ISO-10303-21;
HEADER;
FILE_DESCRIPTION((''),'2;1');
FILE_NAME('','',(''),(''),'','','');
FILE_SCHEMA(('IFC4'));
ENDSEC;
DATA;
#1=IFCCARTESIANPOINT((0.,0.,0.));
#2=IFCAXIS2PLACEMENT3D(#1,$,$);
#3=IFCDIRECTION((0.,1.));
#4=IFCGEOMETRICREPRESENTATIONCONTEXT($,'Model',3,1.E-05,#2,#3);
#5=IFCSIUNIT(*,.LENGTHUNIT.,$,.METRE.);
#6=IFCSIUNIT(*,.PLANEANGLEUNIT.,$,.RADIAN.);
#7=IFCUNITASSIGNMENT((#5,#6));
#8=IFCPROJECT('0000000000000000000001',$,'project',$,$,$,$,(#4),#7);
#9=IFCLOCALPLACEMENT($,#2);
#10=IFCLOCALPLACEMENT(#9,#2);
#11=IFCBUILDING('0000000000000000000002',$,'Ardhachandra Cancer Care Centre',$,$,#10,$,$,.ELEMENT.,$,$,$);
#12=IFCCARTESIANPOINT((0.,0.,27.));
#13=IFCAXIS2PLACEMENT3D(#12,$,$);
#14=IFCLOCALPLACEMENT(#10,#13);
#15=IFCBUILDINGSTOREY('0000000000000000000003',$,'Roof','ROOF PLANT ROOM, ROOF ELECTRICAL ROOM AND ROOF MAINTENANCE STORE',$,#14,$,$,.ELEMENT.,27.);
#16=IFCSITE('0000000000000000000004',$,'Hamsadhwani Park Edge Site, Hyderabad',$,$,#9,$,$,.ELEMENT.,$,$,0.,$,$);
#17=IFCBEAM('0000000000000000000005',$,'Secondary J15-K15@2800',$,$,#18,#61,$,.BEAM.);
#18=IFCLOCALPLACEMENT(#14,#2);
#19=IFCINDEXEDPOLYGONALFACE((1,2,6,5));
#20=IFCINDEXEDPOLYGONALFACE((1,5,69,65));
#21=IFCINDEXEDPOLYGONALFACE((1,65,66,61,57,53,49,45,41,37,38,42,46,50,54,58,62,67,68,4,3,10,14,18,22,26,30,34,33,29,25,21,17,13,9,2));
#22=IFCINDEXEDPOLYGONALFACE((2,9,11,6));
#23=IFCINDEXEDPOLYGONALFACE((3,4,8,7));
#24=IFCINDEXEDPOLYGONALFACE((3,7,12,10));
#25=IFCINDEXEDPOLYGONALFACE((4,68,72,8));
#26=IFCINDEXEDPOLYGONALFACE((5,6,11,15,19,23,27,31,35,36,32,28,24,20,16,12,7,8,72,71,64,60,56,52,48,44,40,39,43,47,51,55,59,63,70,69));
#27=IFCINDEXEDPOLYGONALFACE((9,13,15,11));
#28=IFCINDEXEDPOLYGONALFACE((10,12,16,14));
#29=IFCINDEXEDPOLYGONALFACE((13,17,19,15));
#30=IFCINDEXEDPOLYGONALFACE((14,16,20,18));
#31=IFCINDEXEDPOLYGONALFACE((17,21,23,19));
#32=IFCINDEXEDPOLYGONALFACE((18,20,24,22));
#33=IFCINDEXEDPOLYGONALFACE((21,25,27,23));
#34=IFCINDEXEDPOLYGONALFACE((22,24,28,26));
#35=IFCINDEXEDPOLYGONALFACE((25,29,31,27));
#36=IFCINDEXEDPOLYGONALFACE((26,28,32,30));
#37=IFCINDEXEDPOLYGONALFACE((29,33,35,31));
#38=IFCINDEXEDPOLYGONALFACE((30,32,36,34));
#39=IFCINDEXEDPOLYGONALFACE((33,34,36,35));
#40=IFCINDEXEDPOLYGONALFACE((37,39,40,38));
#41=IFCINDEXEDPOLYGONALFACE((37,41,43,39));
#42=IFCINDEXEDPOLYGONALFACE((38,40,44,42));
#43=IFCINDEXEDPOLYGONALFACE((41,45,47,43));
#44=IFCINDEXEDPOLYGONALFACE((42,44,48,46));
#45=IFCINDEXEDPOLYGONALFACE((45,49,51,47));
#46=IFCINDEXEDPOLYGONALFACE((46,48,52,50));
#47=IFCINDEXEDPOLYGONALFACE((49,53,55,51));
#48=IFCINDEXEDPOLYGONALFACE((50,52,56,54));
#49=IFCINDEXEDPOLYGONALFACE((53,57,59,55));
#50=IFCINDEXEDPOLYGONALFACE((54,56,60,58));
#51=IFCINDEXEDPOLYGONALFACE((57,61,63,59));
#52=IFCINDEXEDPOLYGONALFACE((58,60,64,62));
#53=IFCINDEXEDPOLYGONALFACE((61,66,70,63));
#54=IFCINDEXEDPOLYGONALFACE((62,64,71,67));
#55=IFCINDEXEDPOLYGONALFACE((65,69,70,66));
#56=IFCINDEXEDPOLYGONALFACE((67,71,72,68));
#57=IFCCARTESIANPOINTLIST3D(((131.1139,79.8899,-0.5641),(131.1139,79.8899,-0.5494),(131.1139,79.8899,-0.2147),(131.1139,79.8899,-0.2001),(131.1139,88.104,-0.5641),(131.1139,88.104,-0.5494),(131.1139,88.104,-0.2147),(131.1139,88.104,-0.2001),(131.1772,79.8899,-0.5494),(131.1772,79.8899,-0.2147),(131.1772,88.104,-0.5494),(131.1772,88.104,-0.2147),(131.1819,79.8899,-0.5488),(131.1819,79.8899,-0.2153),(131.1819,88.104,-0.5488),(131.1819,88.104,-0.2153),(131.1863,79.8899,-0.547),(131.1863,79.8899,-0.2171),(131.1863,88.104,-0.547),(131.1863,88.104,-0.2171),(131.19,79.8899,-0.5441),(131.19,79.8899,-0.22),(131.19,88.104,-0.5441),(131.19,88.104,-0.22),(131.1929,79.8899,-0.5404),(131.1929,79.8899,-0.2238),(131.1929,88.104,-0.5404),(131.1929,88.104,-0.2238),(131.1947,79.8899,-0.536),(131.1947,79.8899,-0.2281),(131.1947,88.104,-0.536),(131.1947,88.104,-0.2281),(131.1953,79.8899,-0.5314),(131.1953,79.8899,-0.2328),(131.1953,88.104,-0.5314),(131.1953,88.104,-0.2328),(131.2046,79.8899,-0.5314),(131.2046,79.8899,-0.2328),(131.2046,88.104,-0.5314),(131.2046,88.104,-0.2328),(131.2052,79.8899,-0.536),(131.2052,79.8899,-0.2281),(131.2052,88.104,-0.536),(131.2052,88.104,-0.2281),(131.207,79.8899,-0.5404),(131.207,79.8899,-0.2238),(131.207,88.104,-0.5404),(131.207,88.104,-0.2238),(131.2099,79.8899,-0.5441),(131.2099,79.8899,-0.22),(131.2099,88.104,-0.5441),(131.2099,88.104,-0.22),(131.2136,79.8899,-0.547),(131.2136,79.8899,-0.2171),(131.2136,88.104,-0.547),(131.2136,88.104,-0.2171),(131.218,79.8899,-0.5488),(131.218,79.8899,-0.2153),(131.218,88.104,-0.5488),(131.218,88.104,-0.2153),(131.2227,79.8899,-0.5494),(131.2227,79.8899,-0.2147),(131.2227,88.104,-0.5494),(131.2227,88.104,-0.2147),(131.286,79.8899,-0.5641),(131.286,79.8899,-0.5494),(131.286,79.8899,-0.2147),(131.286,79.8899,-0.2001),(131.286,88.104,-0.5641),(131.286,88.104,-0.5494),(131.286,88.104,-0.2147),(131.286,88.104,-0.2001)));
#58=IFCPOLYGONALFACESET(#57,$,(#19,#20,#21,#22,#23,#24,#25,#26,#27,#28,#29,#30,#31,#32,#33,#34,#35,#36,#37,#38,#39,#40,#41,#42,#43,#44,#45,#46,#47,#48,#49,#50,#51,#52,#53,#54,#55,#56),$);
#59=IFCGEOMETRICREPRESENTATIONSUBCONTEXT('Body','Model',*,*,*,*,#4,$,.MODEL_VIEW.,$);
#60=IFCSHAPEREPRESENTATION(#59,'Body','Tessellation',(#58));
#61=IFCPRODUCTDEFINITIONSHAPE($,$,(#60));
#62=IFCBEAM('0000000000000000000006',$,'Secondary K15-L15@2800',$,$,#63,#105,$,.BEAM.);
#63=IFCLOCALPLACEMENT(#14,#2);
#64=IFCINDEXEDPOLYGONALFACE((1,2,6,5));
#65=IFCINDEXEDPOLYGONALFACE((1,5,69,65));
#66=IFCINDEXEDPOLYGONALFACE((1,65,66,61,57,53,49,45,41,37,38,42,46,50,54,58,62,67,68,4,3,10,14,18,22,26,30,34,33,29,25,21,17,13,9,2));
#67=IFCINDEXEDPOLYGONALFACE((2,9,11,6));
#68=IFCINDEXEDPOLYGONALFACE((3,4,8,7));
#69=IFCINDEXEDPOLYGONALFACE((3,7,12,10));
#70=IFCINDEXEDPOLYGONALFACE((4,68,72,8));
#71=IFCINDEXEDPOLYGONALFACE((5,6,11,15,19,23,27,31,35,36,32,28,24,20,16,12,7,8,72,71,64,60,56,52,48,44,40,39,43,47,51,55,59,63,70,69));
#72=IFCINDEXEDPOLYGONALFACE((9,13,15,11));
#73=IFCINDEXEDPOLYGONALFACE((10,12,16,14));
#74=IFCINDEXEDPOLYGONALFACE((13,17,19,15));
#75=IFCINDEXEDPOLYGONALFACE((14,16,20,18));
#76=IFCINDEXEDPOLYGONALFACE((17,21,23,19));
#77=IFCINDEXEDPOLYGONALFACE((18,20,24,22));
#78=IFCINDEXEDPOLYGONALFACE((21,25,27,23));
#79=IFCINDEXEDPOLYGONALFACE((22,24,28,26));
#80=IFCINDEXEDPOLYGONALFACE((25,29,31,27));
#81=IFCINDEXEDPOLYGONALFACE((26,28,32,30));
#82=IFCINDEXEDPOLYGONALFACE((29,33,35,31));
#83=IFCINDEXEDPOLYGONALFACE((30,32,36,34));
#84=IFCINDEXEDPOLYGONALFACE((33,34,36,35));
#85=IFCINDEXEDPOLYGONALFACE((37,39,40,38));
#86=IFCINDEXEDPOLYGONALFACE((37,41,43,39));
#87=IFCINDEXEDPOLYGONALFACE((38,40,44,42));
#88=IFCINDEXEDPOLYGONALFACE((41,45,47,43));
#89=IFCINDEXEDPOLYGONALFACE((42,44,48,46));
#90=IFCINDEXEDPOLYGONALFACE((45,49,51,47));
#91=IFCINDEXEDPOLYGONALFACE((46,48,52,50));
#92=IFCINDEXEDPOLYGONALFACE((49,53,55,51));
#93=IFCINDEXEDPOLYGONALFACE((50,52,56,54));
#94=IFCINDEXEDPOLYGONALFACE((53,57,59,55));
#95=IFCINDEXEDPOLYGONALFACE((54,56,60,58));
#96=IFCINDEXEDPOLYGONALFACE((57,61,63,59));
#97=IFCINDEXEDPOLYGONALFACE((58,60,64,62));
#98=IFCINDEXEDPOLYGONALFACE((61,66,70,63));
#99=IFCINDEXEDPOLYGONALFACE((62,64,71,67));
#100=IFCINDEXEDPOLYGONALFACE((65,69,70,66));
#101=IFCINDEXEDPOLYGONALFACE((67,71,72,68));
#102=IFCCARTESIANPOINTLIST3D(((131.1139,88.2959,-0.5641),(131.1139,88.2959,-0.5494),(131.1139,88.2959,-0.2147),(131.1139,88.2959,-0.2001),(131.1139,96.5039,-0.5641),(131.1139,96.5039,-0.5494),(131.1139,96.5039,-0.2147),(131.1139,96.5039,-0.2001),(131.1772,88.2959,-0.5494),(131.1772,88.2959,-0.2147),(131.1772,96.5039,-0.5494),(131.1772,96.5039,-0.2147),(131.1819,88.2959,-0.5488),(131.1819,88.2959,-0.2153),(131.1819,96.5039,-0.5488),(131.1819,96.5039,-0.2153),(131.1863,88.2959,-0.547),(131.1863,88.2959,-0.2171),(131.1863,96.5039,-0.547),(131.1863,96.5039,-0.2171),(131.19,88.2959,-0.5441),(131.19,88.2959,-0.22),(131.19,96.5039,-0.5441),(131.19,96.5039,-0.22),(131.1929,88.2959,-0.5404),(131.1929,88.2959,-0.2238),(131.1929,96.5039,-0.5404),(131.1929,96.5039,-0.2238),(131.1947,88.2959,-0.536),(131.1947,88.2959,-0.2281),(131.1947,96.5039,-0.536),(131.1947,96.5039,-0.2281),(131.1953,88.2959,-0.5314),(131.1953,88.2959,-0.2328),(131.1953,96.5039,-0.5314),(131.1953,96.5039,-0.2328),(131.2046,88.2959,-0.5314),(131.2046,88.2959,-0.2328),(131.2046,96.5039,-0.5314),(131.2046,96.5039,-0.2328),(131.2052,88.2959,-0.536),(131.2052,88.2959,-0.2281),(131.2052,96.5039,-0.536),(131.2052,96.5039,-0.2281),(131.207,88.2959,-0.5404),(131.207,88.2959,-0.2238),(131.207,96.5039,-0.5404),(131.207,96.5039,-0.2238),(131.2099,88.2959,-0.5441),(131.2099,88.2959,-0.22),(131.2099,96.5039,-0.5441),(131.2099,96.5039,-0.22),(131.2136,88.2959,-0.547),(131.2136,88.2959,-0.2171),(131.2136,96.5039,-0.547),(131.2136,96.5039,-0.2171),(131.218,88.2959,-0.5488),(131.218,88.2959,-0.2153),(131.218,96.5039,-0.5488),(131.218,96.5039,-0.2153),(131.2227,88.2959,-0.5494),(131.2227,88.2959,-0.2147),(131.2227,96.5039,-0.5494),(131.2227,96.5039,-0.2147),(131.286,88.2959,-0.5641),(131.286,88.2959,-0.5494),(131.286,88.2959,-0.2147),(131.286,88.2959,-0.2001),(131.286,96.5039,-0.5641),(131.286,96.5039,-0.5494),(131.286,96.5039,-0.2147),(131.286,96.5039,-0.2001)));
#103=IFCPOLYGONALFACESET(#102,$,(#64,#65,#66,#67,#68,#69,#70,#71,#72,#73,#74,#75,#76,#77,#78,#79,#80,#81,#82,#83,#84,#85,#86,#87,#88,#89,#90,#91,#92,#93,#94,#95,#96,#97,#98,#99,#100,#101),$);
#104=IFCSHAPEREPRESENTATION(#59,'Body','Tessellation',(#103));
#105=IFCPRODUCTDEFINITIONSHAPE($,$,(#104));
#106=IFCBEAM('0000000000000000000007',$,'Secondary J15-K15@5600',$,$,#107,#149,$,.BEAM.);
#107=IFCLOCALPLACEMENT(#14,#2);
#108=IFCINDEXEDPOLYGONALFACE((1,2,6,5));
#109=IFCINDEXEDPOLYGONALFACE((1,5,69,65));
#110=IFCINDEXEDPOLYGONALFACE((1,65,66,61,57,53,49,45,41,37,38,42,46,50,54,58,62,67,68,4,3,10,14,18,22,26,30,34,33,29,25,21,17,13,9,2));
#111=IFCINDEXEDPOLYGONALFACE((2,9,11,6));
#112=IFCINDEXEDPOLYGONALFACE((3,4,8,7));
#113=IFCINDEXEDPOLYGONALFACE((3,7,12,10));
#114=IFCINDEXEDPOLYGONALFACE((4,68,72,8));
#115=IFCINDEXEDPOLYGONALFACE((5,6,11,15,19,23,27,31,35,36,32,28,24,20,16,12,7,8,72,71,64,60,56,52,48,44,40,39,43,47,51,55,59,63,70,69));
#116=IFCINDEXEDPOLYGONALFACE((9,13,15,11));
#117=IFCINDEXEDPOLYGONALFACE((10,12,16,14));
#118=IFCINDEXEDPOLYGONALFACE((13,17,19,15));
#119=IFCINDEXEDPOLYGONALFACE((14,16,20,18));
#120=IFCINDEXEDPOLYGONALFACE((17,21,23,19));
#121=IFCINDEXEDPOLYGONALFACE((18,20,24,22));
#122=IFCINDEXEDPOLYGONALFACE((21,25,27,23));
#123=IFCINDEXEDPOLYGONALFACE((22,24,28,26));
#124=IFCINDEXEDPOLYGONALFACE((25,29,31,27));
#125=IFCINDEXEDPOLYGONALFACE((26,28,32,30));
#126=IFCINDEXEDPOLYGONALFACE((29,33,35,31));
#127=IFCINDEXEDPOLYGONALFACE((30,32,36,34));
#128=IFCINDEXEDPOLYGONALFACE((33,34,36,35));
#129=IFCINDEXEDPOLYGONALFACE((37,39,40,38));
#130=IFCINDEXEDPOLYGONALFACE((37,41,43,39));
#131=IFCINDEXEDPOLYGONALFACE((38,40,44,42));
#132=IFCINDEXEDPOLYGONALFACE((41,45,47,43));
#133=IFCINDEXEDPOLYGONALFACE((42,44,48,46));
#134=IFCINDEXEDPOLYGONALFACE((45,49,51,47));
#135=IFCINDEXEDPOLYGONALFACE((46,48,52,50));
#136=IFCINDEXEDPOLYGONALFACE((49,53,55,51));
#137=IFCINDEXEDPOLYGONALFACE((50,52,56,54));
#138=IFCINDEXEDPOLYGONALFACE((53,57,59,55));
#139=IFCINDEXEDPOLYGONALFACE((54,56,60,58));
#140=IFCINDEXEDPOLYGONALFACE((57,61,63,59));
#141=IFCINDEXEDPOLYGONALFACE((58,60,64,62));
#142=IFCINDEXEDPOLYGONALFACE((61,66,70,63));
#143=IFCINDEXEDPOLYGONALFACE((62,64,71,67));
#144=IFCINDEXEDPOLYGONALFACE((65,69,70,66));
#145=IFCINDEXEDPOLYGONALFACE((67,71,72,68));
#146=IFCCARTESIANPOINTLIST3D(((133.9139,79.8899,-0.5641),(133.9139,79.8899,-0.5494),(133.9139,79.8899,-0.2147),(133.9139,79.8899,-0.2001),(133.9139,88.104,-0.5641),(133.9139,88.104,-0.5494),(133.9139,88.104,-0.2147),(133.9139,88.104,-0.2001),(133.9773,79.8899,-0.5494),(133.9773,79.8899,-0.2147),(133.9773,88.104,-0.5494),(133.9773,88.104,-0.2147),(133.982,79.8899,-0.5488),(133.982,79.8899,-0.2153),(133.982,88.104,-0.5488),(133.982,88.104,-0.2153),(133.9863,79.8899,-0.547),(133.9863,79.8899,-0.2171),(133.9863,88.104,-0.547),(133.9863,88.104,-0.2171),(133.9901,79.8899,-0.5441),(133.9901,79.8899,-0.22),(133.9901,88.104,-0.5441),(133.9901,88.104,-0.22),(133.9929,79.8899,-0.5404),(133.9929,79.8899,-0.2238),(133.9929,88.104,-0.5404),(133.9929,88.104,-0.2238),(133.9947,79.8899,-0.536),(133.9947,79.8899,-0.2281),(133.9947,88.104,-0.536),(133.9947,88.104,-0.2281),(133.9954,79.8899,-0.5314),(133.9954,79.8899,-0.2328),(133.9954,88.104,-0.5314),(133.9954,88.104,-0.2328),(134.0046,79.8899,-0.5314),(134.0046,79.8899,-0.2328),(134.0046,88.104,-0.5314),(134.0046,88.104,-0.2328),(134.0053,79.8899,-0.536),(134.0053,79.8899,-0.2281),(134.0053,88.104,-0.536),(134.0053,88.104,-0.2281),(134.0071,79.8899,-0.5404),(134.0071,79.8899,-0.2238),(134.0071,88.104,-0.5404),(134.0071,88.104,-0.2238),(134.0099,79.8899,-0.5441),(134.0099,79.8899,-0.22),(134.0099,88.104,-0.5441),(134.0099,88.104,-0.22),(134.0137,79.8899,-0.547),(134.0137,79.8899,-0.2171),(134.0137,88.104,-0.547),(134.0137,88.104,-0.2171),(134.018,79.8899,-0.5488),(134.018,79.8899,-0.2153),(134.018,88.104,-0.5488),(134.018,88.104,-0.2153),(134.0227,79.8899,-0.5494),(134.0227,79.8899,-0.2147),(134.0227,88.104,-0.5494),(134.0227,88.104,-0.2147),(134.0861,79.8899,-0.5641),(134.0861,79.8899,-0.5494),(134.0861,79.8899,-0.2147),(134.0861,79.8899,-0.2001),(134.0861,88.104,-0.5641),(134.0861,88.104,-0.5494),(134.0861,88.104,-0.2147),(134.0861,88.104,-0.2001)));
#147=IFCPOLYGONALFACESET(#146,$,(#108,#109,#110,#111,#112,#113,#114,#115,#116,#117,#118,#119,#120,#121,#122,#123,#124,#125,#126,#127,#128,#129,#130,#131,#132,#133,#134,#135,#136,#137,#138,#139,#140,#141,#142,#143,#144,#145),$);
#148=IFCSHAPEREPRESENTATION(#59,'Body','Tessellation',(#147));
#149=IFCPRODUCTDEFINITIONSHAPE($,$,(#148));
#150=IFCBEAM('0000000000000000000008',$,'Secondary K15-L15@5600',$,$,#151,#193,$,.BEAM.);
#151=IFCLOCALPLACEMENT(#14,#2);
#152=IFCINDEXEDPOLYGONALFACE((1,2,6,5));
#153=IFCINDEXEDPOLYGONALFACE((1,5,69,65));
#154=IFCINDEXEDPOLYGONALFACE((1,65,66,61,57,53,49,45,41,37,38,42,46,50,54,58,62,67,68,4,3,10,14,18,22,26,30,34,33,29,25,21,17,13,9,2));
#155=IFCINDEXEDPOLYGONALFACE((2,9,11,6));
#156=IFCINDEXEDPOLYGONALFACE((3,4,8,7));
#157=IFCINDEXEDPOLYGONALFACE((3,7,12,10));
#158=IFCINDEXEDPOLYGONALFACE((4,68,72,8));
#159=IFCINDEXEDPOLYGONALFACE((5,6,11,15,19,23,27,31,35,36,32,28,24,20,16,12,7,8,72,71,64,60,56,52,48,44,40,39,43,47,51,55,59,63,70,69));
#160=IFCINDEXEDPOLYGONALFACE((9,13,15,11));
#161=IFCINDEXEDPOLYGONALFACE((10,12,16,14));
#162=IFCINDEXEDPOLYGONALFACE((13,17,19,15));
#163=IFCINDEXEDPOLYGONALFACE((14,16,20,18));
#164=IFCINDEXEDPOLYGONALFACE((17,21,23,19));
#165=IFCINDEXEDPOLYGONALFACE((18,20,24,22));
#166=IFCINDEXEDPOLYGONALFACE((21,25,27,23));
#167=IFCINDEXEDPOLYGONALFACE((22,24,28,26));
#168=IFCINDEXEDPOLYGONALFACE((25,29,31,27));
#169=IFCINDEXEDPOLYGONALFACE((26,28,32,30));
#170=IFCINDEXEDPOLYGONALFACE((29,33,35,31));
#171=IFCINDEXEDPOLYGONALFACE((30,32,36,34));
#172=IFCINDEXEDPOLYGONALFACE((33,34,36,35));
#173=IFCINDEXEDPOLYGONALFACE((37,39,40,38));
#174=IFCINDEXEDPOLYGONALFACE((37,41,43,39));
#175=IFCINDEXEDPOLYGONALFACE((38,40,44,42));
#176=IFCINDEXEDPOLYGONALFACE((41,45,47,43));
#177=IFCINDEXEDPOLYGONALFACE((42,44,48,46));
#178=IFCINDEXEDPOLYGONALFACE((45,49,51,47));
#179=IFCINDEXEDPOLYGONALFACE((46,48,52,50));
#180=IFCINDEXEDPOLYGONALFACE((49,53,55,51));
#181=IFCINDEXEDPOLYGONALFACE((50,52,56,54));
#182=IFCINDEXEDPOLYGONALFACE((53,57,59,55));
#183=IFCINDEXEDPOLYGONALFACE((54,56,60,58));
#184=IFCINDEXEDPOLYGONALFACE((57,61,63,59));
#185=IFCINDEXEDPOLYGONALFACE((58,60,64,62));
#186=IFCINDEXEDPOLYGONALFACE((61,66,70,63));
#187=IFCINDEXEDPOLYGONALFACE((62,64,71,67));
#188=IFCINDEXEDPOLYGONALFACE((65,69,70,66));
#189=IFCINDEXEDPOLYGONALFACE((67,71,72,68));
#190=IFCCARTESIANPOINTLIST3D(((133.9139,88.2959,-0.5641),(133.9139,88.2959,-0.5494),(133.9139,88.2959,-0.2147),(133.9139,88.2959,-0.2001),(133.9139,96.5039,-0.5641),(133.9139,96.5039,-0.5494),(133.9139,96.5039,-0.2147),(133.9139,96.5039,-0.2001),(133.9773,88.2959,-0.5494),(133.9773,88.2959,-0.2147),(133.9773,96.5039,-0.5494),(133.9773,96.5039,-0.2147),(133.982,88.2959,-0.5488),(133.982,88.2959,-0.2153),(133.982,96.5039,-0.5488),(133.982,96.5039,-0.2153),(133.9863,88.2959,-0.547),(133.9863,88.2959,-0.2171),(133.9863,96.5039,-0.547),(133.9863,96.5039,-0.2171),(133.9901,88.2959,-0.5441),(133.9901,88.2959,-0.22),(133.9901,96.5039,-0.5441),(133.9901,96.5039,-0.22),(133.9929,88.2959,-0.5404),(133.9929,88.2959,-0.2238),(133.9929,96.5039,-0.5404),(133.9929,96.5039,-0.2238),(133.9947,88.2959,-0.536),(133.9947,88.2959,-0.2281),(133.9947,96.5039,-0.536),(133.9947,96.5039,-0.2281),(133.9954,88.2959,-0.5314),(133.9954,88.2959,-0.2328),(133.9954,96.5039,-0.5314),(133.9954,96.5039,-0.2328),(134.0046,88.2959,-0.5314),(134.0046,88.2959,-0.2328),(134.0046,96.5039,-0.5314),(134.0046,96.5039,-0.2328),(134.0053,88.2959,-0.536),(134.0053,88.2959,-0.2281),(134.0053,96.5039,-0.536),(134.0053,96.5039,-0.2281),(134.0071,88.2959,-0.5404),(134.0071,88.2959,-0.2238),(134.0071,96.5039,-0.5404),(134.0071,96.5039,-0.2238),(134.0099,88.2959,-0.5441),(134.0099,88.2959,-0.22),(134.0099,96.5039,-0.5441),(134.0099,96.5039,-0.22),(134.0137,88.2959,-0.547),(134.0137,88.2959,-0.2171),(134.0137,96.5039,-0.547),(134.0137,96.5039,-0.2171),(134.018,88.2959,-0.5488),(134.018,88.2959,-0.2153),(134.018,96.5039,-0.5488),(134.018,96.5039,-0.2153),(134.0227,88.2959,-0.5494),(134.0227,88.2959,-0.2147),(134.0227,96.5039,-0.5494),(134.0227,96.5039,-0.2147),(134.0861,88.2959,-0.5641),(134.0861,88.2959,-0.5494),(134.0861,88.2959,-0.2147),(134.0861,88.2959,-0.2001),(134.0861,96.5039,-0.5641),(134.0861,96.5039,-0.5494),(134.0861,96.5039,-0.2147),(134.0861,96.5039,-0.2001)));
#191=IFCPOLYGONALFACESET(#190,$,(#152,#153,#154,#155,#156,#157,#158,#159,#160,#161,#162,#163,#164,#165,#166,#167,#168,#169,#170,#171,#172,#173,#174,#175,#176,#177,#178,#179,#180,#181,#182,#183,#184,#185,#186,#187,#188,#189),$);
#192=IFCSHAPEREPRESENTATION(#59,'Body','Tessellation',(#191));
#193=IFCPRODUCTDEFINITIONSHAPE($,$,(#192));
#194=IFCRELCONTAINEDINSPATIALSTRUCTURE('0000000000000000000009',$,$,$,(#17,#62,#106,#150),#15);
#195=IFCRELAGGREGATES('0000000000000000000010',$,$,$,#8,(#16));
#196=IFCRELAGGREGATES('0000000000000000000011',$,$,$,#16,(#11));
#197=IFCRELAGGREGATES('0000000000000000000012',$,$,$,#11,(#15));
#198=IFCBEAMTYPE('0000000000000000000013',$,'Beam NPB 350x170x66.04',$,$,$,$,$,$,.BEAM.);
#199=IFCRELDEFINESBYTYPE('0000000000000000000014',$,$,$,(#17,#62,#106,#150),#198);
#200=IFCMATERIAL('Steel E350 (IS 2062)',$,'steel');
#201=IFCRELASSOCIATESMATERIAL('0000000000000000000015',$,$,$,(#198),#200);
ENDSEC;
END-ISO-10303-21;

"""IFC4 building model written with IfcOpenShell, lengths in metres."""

from ifc_helpers import new_model, si_unit, direction, frame, origin, origin_2d, place, context, subcontext, project, spatial, i_section, extrude, material, material_profile, profile_set, type_object, element, save


model = new_model("IFC4")

# Units and contexts
model_context = context("Model", 3, precision=1e-05, world=origin(), true_north=direction((0.0, 1.0)))
body_context = subcontext(model_context, "Body", "Model", "MODEL_VIEW")
ifc_project = project(units=[si_unit("LENGTHUNIT", "METRE"), si_unit("PLANEANGLEUNIT", "RADIAN")], contexts=[model_context])

# Site, building, storey
site_placement = place(None, origin())
site = spatial("IfcSite", under=ifc_project, at=site_placement, Name="Hamsadhwani Park Edge Site, Hyderabad", CompositionType="ELEMENT", RefElevation=0.0)
building_placement = place(site_placement, origin())
building = spatial("IfcBuilding", under=site, at=building_placement, Name="Ardhachandra Cancer Care Centre", CompositionType="ELEMENT")
storey_placement = place(building_placement, frame((0.0, 0.0, 27.0)))
storey = spatial("IfcBuildingStorey", under=building, at=storey_placement, Name="Roof", Description="ROOF PLANT ROOM, ROOF ELECTRICAL ROOM AND ROOF MAINTENANCE STORE", CompositionType="ELEMENT", Elevation=27.0)

# Beams
ifc_material_1 = material(Name="Steel E350 (IS 2062)", Category="steel")
ifc_material_profile_1 = material_profile(ifc_material_1, i_section(OverallWidth=0.1721, OverallDepth=0.364, WebThickness=0.0093, FlangeThickness=0.0146, FilletRadius=0.0181, at=origin_2d()), Name="NPB 350x170x66.04")
ifc_profile_set_1 = profile_set([ifc_material_profile_1], Name="Steel E350 (IS 2062)")
beam_type = type_object("IfcBeamType", Name="Beam NPB 350x170x66.04", PredefinedType="BEAM", material=ifc_profile_set_1)
beam_1_placement = place(storey_placement, frame((131.2, 79.8899, -0.3821), z_axis=(0.0, 1.0, 0.0), x_axis=(-1.0, 0.0, 0.0)))
element("IfcBeam", 1, at=beam_1_placement, inside=storey, type_object=beam_type, Name="Secondary J15-K15@2800", PredefinedType="BEAM", context=body_context, shape_type="SweptSolid", body=[
    extrude(i_section(OverallWidth=0.1721, OverallDepth=0.364, WebThickness=0.0093, FlangeThickness=0.0146, FilletRadius=0.0181, at=origin_2d()), origin(), (0.0, 0.0, 1.0), 8.2141),
])
beam_2_placement = place(storey_placement, frame((131.2, 88.2959, -0.3821), z_axis=(0.0, 1.0, 0.0), x_axis=(-1.0, 0.0, 0.0)))
element("IfcBeam", 2, at=beam_2_placement, inside=storey, type_object=beam_type, Name="Secondary K15-L15@2800", PredefinedType="BEAM", context=body_context, shape_type="SweptSolid", body=[
    extrude(i_section(OverallWidth=0.1721, OverallDepth=0.364, WebThickness=0.0093, FlangeThickness=0.0146, FilletRadius=0.0181, at=origin_2d()), origin(), (0.0, 0.0, 1.0), 8.208),
])
beam_3_placement = place(storey_placement, frame((134.0, 79.8899, -0.3821), z_axis=(0.0, 1.0, 0.0), x_axis=(-1.0, 0.0, 0.0)))
element("IfcBeam", 3, at=beam_3_placement, inside=storey, type_object=beam_type, Name="Secondary J15-K15@5600", PredefinedType="BEAM", context=body_context, shape_type="SweptSolid", body=[
    extrude(i_section(OverallWidth=0.1721, OverallDepth=0.364, WebThickness=0.0093, FlangeThickness=0.0146, FilletRadius=0.0181, at=origin_2d()), origin(), (0.0, 0.0, 1.0), 8.2141),
])
beam_4_placement = place(storey_placement, frame((134.0, 88.2959, -0.3821), z_axis=(0.0, 1.0, 0.0), x_axis=(-1.0, 0.0, 0.0)))
element("IfcBeam", 4, at=beam_4_placement, inside=storey, type_object=beam_type, Name="Secondary K15-L15@5600", PredefinedType="BEAM", context=body_context, shape_type="SweptSolid", body=[
    extrude(i_section(OverallWidth=0.1721, OverallDepth=0.364, WebThickness=0.0093, FlangeThickness=0.0146, FilletRadius=0.0181, at=origin_2d()), origin(), (0.0, 0.0, 1.0), 8.208),
])

save(model, "model.ifc")
